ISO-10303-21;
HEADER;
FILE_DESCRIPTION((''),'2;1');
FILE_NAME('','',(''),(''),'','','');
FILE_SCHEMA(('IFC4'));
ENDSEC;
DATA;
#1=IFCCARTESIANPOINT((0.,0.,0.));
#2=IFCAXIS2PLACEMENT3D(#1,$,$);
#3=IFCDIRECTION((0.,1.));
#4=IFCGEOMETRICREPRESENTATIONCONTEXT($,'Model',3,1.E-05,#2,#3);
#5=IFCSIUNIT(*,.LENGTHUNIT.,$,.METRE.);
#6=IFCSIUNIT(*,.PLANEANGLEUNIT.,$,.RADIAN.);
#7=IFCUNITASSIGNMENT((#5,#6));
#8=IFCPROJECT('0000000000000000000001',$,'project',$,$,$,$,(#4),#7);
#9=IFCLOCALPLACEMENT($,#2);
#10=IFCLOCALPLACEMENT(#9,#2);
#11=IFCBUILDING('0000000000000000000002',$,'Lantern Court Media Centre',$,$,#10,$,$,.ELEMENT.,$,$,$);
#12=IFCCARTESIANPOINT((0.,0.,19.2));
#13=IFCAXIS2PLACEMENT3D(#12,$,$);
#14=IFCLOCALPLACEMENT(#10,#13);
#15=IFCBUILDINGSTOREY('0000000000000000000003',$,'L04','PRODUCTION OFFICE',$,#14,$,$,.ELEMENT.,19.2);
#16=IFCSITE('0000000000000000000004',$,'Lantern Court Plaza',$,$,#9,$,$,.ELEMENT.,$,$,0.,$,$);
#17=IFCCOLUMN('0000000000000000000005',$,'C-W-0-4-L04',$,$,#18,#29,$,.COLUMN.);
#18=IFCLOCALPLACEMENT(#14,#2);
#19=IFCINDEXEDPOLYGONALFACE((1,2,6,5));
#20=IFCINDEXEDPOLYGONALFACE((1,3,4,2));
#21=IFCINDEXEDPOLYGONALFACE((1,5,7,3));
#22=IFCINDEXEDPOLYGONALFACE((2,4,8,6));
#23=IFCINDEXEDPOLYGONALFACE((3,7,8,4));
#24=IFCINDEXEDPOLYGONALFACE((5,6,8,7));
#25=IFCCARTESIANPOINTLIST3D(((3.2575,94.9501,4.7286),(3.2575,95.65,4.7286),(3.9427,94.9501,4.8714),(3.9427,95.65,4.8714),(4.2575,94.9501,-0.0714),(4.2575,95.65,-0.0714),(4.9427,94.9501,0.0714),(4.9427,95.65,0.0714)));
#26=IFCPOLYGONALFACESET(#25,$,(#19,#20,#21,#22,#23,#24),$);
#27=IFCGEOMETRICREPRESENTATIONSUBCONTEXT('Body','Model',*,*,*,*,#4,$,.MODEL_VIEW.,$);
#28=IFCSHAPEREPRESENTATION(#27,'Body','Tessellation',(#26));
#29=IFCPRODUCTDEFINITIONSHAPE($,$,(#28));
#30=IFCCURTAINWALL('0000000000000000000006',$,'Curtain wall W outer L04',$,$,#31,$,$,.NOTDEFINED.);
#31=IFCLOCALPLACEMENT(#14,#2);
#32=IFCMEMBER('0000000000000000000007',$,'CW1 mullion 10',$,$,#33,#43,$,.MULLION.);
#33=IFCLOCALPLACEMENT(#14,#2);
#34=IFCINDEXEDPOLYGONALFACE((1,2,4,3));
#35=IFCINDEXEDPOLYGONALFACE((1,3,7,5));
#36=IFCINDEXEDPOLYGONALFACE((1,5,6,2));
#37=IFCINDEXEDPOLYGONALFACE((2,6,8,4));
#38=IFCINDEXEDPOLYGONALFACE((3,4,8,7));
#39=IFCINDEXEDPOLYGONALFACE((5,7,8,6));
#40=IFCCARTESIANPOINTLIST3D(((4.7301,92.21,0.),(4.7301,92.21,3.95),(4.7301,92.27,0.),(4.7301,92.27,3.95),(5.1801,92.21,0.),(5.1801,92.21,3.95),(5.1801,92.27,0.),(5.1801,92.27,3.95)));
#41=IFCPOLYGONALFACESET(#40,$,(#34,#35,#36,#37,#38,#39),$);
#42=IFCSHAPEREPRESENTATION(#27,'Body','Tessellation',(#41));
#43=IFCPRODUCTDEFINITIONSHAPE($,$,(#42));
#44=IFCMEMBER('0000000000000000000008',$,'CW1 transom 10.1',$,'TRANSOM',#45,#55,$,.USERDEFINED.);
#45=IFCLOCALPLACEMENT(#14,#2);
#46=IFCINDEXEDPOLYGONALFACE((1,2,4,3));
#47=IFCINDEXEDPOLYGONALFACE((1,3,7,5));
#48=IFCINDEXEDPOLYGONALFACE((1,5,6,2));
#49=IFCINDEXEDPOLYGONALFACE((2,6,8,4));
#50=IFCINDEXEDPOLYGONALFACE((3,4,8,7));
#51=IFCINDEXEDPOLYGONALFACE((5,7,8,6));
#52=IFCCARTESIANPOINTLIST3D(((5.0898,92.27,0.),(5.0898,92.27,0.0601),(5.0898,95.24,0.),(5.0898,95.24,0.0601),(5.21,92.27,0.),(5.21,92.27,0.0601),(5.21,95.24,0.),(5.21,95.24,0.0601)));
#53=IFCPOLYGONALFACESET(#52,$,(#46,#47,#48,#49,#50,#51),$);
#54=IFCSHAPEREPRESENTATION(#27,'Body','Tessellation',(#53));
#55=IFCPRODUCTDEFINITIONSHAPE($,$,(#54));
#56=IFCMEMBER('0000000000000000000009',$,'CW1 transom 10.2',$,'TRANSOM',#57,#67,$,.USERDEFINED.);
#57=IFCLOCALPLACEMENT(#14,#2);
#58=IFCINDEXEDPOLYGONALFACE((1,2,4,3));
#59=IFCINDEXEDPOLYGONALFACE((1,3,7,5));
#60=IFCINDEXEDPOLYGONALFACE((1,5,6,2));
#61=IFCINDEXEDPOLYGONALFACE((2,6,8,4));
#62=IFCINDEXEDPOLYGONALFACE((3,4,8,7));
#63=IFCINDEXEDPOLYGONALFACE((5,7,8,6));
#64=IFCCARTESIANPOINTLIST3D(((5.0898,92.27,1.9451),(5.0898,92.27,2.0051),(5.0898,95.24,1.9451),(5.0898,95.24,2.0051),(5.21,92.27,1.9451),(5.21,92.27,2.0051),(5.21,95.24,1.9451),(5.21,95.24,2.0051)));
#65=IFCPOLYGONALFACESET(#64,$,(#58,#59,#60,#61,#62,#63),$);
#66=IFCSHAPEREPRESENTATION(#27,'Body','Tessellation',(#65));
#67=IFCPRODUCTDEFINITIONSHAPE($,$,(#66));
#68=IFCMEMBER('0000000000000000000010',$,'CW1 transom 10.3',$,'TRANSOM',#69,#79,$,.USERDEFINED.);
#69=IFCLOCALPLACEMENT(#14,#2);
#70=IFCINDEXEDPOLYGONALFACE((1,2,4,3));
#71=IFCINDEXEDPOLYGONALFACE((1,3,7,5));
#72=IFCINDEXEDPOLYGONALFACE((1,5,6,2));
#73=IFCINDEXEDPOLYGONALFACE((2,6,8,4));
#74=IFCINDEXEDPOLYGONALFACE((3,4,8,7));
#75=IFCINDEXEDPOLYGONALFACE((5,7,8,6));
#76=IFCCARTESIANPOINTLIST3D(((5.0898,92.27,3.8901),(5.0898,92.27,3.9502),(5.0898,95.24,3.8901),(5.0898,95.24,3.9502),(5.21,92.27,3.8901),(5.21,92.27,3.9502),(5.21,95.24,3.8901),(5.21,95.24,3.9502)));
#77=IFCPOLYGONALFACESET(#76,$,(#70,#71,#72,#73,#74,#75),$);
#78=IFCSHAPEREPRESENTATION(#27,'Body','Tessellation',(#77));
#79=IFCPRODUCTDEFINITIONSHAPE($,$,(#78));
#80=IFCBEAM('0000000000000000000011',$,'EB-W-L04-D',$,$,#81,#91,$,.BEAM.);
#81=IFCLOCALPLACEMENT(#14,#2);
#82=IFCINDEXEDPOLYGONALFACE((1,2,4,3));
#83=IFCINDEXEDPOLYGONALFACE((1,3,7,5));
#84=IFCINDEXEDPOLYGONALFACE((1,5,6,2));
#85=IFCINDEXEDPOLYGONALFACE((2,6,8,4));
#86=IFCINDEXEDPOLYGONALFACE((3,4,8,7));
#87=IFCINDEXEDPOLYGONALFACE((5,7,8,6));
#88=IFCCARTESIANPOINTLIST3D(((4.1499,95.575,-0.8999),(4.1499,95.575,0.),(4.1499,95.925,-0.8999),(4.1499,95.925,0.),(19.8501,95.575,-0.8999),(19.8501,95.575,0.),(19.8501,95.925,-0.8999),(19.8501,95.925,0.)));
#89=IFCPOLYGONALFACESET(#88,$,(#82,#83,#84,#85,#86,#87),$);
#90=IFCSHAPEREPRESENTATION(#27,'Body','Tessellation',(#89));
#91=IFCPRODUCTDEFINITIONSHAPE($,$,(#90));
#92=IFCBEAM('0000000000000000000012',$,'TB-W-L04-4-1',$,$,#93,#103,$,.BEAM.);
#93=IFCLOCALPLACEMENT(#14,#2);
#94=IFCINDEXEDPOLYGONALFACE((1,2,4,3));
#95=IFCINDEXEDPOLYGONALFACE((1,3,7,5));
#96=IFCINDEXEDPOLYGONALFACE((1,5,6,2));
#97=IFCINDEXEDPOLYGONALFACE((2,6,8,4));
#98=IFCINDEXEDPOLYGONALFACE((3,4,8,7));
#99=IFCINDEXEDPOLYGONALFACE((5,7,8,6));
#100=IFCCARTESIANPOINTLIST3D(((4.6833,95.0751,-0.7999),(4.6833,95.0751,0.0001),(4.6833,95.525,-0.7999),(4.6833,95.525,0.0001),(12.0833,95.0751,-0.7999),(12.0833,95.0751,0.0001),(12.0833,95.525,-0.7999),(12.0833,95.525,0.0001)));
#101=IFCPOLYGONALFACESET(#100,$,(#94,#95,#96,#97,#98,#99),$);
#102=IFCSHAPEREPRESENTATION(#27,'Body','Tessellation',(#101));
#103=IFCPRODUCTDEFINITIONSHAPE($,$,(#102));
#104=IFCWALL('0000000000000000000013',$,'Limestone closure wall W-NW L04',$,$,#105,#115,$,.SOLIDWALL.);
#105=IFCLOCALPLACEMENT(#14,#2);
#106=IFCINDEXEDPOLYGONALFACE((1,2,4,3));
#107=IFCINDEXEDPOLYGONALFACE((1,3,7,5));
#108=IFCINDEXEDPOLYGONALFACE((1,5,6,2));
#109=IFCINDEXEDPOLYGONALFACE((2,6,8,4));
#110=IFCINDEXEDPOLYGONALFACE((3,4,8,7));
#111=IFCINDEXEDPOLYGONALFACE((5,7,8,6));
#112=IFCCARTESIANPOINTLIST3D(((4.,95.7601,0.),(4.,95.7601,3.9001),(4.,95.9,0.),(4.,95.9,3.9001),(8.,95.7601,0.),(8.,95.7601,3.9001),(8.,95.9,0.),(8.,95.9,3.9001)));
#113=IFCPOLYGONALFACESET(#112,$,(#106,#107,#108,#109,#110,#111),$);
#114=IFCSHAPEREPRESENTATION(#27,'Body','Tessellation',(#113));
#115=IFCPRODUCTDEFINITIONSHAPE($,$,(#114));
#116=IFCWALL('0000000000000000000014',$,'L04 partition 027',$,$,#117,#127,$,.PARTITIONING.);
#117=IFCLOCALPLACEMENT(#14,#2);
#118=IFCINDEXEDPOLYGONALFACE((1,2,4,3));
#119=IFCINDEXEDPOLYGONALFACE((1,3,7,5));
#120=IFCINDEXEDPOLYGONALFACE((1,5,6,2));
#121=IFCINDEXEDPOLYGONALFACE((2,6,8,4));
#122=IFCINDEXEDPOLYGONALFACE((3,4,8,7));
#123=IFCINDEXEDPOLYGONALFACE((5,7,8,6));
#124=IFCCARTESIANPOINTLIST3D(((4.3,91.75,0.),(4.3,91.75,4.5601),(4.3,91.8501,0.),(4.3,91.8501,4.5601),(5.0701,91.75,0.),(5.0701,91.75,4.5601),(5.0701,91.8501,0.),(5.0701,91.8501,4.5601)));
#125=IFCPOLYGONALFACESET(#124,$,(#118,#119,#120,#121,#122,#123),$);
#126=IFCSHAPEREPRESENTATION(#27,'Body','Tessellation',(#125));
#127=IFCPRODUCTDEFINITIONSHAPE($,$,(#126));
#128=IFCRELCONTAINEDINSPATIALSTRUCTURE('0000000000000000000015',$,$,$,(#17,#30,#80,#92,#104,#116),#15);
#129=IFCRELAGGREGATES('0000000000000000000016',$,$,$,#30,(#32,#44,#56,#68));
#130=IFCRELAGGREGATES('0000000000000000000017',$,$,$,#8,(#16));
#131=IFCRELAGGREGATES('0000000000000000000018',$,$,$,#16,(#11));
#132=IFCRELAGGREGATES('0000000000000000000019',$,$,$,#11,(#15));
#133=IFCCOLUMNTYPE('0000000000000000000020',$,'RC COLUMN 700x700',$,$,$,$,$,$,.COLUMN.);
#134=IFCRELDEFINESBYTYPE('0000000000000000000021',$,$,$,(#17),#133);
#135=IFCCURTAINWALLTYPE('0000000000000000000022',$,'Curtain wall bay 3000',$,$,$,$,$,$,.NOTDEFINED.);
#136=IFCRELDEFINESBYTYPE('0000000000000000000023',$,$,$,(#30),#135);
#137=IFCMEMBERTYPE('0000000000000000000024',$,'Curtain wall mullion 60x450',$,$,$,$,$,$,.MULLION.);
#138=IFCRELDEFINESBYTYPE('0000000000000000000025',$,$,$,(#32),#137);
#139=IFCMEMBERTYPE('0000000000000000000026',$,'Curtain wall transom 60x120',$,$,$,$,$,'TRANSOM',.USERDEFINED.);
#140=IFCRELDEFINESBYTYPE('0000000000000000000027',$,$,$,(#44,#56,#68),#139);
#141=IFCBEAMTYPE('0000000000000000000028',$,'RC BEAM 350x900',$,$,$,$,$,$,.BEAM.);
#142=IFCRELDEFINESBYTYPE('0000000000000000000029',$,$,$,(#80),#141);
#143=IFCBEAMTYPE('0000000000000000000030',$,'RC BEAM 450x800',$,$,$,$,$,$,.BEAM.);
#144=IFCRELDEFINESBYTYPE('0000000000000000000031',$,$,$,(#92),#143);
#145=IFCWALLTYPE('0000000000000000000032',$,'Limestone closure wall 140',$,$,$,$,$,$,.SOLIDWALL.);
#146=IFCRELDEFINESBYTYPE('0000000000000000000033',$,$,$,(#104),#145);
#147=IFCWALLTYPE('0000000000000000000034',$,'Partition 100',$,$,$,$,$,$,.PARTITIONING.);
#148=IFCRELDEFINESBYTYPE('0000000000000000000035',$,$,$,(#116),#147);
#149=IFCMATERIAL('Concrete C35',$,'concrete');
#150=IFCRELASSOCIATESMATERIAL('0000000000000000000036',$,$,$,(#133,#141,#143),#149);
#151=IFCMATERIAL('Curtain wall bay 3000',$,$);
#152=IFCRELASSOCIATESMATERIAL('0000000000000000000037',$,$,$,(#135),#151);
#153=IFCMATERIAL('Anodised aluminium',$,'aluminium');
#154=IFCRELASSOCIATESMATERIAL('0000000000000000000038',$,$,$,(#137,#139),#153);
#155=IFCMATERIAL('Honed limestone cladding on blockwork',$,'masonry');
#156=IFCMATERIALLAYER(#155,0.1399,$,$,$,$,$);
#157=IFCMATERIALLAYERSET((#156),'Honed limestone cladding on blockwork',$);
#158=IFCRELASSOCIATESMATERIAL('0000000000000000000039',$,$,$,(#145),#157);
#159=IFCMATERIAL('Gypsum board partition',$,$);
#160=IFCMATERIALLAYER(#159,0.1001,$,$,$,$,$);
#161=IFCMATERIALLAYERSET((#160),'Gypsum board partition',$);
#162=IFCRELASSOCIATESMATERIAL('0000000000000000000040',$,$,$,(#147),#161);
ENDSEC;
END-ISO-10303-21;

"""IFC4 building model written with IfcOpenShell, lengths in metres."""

from ifc_helpers import new_model, si_unit, direction, frame, frame_2d, origin, origin_2d, place, context, subcontext, project, spatial, rectangle, extrude, material, layer, layer_set, material_profile, profile_set, type_object, element, aggregate, save


model = new_model("IFC4")

# Units and contexts
model_context = context("Model", 3, precision=1e-05, world=origin(), true_north=direction((0.0, 1.0)))
body_context = subcontext(model_context, "Body", "Model", "MODEL_VIEW")
ifc_project = project(units=[si_unit("LENGTHUNIT", "METRE"), si_unit("PLANEANGLEUNIT", "RADIAN")], contexts=[model_context])

# Site, building, storey
site_placement = place(None, origin())
site = spatial("IfcSite", under=ifc_project, at=site_placement, Name="Lantern Court Plaza", CompositionType="ELEMENT", RefElevation=0.0)
building_placement = place(site_placement, origin())
building = spatial("IfcBuilding", under=site, at=building_placement, Name="Lantern Court Media Centre", CompositionType="ELEMENT")
storey_placement = place(building_placement, frame((0.0, 0.0, 19.2)))
storey = spatial("IfcBuildingStorey", under=building, at=storey_placement, Name="L04", Description="PRODUCTION OFFICE", CompositionType="ELEMENT", Elevation=19.2)

# Column
ifc_material_1 = material(Name="Concrete C35", Category="concrete")
ifc_material_profile_1 = material_profile(ifc_material_1, rectangle(XDim=0.7, YDim=0.7, at=origin_2d()), Name="RC 700x700")
ifc_profile_set_1 = profile_set([ifc_material_profile_1], Name="Concrete C35")
column_type = type_object("IfcColumnType", Name="RC COLUMN 700x700", PredefinedType="COLUMN", material=ifc_profile_set_1)
column_placement = place(storey_placement, frame((4.6001, 95.3, 0.0), z_axis=(-0.203952, 0.0, 0.978981), x_axis=(0.0, -1.0, 0.0)))
element("IfcColumn", 1, at=column_placement, inside=storey, type_object=column_type, Name="C-W-0-4-L04", PredefinedType="COLUMN", context=body_context, shape_type="SweptSolid", body=[
    extrude(rectangle(XDim=0.7, YDim=0.7, at=origin_2d()), origin(), (0.0, 0.0, 1.0), 4.9031),
])

# Curtain wall, members
ifc_material_2 = material(Name="Curtain wall bay 3000")
curtain_wall_type = type_object("IfcCurtainWallType", Name="Curtain wall bay 3000", PredefinedType="NOTDEFINED", material=ifc_material_2)
curtain_wall_placement = place(storey_placement, origin())
curtain_wall = element("IfcCurtainWall", 2, at=curtain_wall_placement, inside=storey, type_object=curtain_wall_type, Name="Curtain wall W outer L04", PredefinedType="NOTDEFINED")
ifc_material_3 = material(Name="Anodised aluminium", Category="aluminium")
ifc_material_profile_2 = material_profile(ifc_material_3, rectangle(XDim=0.45, YDim=0.0601, at=origin_2d()), Name="AL 60x450")
ifc_profile_set_2 = profile_set([ifc_material_profile_2], Name="Anodised aluminium")
member_type_1 = type_object("IfcMemberType", Name="Curtain wall mullion 60x450", PredefinedType="MULLION", material=ifc_profile_set_2)
member_1_placement = place(storey_placement, frame((4.9551, 92.24, 0.0), z_axis=(0.0, 0.0, 1.0), x_axis=(-1.0, 0.0, 0.0)))
member_1 = element("IfcMember", 3, at=member_1_placement, type_object=member_type_1, Name="CW1 mullion 10", PredefinedType="MULLION", context=body_context, shape_type="SweptSolid", body=[
    extrude(rectangle(XDim=0.45, YDim=0.0601, at=origin_2d()), origin(), (0.0, 0.0, 1.0), 3.95),
])
ifc_material_profile_3 = material_profile(ifc_material_3, rectangle(XDim=0.1201, YDim=0.0601, at=origin_2d()), Name="AL 60x120")
ifc_profile_set_3 = profile_set([ifc_material_profile_3], Name="Anodised aluminium")
member_type_2 = type_object("IfcMemberType", Name="Curtain wall transom 60x120", ElementType="TRANSOM", PredefinedType="USERDEFINED", material=ifc_profile_set_3)
member_2_placement = place(storey_placement, frame((5.1499, 92.27, 0.03), z_axis=(0.0, 1.0, 0.0), x_axis=(-1.0, 0.0, 0.0)))
member_2 = element("IfcMember", 4, at=member_2_placement, type_object=member_type_2, Name="CW1 transom 10.1", ObjectType="TRANSOM", PredefinedType="USERDEFINED", context=body_context, shape_type="SweptSolid", body=[
    extrude(rectangle(XDim=0.1201, YDim=0.0601, at=origin_2d()), origin(), (0.0, 0.0, 1.0), 2.97),
])
member_3_placement = place(storey_placement, frame((5.1499, 92.27, 1.9751), z_axis=(0.0, 1.0, 0.0), x_axis=(-1.0, 0.0, 0.0)))
member_3 = element("IfcMember", 5, at=member_3_placement, type_object=member_type_2, Name="CW1 transom 10.2", ObjectType="TRANSOM", PredefinedType="USERDEFINED", context=body_context, shape_type="SweptSolid", body=[
    extrude(rectangle(XDim=0.1201, YDim=0.0601, at=origin_2d()), origin(), (0.0, 0.0, 1.0), 2.97),
])
member_4_placement = place(storey_placement, frame((5.1499, 92.27, 3.9202), z_axis=(0.0, 1.0, 0.0), x_axis=(-1.0, 0.0, 0.0)))
member_4 = element("IfcMember", 6, at=member_4_placement, type_object=member_type_2, Name="CW1 transom 10.3", ObjectType="TRANSOM", PredefinedType="USERDEFINED", context=body_context, shape_type="SweptSolid", body=[
    extrude(rectangle(XDim=0.1201, YDim=0.0601, at=origin_2d()), origin(), (0.0, 0.0, 1.0), 2.97),
])
aggregate(curtain_wall, [member_1, member_2, member_3, member_4])

# Beams
ifc_material_profile_4 = material_profile(ifc_material_1, rectangle(XDim=0.3501, YDim=0.8999, at=origin_2d()), Name="RC 350x900")
ifc_profile_set_4 = profile_set([ifc_material_profile_4], Name="Concrete C35")
beam_type_1 = type_object("IfcBeamType", Name="RC BEAM 350x900", PredefinedType="BEAM", material=ifc_profile_set_4)
beam_1_placement = place(storey_placement, frame((4.1499, 95.75, -0.45), z_axis=(1.0, 0.0, 0.0), x_axis=(0.0, 1.0, 0.0)))
element("IfcBeam", 7, at=beam_1_placement, inside=storey, type_object=beam_type_1, Name="EB-W-L04-D", PredefinedType="BEAM", context=body_context, shape_type="SweptSolid", body=[
    extrude(rectangle(XDim=0.3501, YDim=0.8999, at=origin_2d()), origin(), (0.0, 0.0, 1.0), 15.7002),
])
ifc_material_profile_5 = material_profile(ifc_material_1, rectangle(XDim=0.45, YDim=0.8, at=origin_2d()), Name="RC 450x800")
ifc_profile_set_5 = profile_set([ifc_material_profile_5], Name="Concrete C35")
beam_type_2 = type_object("IfcBeamType", Name="RC BEAM 450x800", PredefinedType="BEAM", material=ifc_profile_set_5)
beam_2_placement = place(storey_placement, frame((4.6833, 95.3, -0.3999), z_axis=(1.0, 0.0, 0.0), x_axis=(0.0, 1.0, 0.0)))
element("IfcBeam", 8, at=beam_2_placement, inside=storey, type_object=beam_type_2, Name="TB-W-L04-4-1", PredefinedType="BEAM", context=body_context, shape_type="SweptSolid", body=[
    extrude(rectangle(XDim=0.45, YDim=0.8, at=origin_2d()), origin(), (0.0, 0.0, 1.0), 7.3999),
])

# Walls
ifc_material_4 = material(Name="Honed limestone cladding on blockwork", Category="masonry")
ifc_layer_1 = layer(ifc_material_4, 0.1399)
ifc_layer_set_1 = layer_set([ifc_layer_1], Name="Honed limestone cladding on blockwork")
wall_type_1 = type_object("IfcWallType", Name="Limestone closure wall 140", PredefinedType="SOLIDWALL", material=ifc_layer_set_1)
wall_1_placement = place(storey_placement, frame((4.0, 95.8301, 0.0), z_axis=(0.0, 0.0, 1.0), x_axis=(1.0, 0.0, 0.0)))
element("IfcWall", 9, at=wall_1_placement, inside=storey, type_object=wall_type_1, Name="Limestone closure wall W-NW L04", PredefinedType="SOLIDWALL", context=body_context, shape_type="SweptSolid", body=[
    extrude(rectangle(XDim=4.0, YDim=0.1399, at=frame_2d((2.0, 0.0))), origin(), (0.0, 0.0, 1.0), 3.9001),
])
ifc_material_5 = material(Name="Gypsum board partition")
ifc_layer_2 = layer(ifc_material_5, 0.1001)
ifc_layer_set_2 = layer_set([ifc_layer_2], Name="Gypsum board partition")
wall_type_2 = type_object("IfcWallType", Name="Partition 100", PredefinedType="PARTITIONING", material=ifc_layer_set_2)
wall_2_placement = place(storey_placement, frame((4.3, 91.8, 0.0), z_axis=(0.0, 0.0, 1.0), x_axis=(1.0, 0.0, 0.0)))
element("IfcWall", 10, at=wall_2_placement, inside=storey, type_object=wall_type_2, Name="L04 partition 027", PredefinedType="PARTITIONING", context=body_context, shape_type="SweptSolid", body=[
    extrude(rectangle(XDim=0.77, YDim=0.1001, at=frame_2d((0.385, 0.0))), origin(), (0.0, 0.0, 1.0), 4.5601),
])

save(model, "model.ifc")
